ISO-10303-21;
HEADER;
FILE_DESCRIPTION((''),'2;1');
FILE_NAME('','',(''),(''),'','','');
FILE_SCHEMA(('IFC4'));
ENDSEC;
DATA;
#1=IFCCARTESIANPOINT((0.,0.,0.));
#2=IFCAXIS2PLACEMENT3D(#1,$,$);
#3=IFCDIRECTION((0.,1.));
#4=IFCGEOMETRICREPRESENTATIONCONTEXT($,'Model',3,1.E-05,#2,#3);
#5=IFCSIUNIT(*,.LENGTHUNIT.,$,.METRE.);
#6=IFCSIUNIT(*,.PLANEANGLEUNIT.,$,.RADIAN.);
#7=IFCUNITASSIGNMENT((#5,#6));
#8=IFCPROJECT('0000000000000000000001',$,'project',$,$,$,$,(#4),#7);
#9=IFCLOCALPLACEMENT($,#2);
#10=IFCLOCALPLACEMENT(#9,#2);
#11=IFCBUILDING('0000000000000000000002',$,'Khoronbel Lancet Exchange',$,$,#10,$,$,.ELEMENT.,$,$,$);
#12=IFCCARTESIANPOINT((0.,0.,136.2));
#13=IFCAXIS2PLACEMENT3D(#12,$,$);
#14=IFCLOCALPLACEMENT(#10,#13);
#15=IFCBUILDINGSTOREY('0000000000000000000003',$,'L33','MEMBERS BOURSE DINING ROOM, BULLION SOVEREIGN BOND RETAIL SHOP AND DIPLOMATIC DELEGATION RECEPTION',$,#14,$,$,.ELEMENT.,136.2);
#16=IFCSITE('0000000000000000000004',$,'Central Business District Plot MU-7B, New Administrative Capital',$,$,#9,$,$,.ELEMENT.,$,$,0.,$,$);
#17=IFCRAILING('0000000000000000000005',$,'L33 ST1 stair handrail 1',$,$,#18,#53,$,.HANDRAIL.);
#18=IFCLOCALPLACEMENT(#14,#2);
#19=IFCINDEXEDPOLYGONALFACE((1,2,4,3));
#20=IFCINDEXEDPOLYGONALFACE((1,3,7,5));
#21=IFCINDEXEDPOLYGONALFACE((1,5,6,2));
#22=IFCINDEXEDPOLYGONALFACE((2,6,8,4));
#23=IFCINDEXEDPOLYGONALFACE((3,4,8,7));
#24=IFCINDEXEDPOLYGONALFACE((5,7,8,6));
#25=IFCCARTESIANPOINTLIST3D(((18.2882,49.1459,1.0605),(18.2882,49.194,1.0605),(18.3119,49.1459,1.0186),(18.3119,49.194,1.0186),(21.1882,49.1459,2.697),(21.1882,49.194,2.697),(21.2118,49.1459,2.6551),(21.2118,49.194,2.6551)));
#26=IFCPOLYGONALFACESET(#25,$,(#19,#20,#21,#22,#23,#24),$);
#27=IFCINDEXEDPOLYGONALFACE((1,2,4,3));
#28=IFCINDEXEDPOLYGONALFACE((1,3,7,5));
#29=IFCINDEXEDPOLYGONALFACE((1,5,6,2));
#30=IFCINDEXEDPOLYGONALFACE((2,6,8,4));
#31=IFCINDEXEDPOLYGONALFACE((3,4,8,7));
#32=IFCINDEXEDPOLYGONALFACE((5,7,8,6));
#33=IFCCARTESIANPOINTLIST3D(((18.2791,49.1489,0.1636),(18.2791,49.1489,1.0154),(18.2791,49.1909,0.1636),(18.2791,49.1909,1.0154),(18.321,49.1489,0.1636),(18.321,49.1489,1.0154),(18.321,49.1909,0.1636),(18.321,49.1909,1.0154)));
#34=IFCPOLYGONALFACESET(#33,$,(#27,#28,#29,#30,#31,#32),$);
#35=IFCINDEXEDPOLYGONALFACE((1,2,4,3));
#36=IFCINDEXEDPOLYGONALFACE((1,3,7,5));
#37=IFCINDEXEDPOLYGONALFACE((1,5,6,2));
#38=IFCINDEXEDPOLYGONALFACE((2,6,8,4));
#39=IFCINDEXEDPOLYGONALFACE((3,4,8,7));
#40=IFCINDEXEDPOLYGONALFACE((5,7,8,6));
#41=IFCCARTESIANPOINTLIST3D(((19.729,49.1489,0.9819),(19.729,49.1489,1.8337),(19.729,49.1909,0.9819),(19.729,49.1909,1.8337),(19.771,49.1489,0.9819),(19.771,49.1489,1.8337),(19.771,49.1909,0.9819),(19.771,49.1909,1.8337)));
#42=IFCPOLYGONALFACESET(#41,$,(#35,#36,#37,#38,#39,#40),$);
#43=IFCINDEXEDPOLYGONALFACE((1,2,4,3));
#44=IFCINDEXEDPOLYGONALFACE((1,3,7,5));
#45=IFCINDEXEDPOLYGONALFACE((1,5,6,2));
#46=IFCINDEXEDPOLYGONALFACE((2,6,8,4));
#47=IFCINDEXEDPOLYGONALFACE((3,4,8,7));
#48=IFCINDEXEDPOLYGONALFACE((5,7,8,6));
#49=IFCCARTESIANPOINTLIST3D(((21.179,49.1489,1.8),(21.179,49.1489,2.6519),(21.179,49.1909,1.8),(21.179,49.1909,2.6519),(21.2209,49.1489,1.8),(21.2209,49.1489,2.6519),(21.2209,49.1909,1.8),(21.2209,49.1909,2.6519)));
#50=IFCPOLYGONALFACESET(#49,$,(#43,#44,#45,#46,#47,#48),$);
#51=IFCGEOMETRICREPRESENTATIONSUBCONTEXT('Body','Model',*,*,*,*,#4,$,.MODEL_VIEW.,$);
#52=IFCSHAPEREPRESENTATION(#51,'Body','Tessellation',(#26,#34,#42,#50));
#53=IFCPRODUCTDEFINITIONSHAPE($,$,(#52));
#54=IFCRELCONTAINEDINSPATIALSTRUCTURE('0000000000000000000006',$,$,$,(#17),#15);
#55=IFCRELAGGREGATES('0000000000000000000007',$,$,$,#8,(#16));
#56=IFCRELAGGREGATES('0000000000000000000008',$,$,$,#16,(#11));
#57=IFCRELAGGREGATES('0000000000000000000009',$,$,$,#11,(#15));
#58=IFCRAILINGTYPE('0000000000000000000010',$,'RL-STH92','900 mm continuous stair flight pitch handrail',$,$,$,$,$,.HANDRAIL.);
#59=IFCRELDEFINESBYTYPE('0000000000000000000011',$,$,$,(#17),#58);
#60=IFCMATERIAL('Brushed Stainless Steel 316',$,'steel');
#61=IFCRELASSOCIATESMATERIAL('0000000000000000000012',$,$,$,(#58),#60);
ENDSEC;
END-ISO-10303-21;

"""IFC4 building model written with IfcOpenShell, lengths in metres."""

from ifc_helpers import new_model, si_unit, direction, frame, origin, origin_2d, place, context, subcontext, project, spatial, rectangle, extrude, material, type_object, element, save


model = new_model("IFC4")

# Units and contexts
model_context = context("Model", 3, precision=1e-05, world=origin(), true_north=direction((0.0, 1.0)))
body_context = subcontext(model_context, "Body", "Model", "MODEL_VIEW")
ifc_project = project(units=[si_unit("LENGTHUNIT", "METRE"), si_unit("PLANEANGLEUNIT", "RADIAN")], contexts=[model_context])

# Site, building, storey
site_placement = place(None, origin())
site = spatial("IfcSite", under=ifc_project, at=site_placement, Name="Central Business District Plot MU-7B, New Administrative Capital", CompositionType="ELEMENT", RefElevation=0.0)
building_placement = place(site_placement, origin())
building = spatial("IfcBuilding", under=site, at=building_placement, Name="Khoronbel Lancet Exchange", CompositionType="ELEMENT")
storey_placement = place(building_placement, frame((0.0, 0.0, 136.2)))
storey = spatial("IfcBuildingStorey", under=building, at=storey_placement, Name="L33", Description="MEMBERS BOURSE DINING ROOM, BULLION SOVEREIGN BOND RETAIL SHOP AND DIPLOMATIC DELEGATION RECEPTION", CompositionType="ELEMENT", Elevation=136.2)

# Railing
ifc_material_1 = material(Name="Brushed Stainless Steel 316", Category="steel")
railing_type_1 = type_object("IfcRailingType", Name="RL-STH92", Description="900 mm continuous stair flight pitch handrail", PredefinedType="HANDRAIL", material=ifc_material_1)
railing_1_placement = place(storey_placement, frame((18.3, 49.1699, 0.1636)))
element("IfcRailing", 1, at=railing_1_placement, inside=storey, type_object=railing_type_1, Name="L33 ST1 stair handrail 1", PredefinedType="HANDRAIL", context=body_context, shape_type="SweptSolid", body=[
    extrude(rectangle(XDim=0.0481, YDim=0.0481, at=origin_2d()), frame((0.0, 0.0, 0.876), z_axis=(0.870897, 0.0, 0.491465), x_axis=(0.0, 1.0, 0.0)), (0.0, 0.0, 1.0), 3.3298),
    extrude(rectangle(XDim=0.042, YDim=0.042, at=origin_2d()), origin(), (0.0, 0.0, 1.0), 0.8518),
    extrude(rectangle(XDim=0.042, YDim=0.042, at=origin_2d()), frame((1.45, 0.0, 0.8184)), (0.0, 0.0, 1.0), 0.8518),
    extrude(rectangle(XDim=0.042, YDim=0.042, at=origin_2d()), frame((2.8999, 0.0, 1.6365)), (0.0, 0.0, 1.0), 0.8518),
])

save(model, "model.ifc")
